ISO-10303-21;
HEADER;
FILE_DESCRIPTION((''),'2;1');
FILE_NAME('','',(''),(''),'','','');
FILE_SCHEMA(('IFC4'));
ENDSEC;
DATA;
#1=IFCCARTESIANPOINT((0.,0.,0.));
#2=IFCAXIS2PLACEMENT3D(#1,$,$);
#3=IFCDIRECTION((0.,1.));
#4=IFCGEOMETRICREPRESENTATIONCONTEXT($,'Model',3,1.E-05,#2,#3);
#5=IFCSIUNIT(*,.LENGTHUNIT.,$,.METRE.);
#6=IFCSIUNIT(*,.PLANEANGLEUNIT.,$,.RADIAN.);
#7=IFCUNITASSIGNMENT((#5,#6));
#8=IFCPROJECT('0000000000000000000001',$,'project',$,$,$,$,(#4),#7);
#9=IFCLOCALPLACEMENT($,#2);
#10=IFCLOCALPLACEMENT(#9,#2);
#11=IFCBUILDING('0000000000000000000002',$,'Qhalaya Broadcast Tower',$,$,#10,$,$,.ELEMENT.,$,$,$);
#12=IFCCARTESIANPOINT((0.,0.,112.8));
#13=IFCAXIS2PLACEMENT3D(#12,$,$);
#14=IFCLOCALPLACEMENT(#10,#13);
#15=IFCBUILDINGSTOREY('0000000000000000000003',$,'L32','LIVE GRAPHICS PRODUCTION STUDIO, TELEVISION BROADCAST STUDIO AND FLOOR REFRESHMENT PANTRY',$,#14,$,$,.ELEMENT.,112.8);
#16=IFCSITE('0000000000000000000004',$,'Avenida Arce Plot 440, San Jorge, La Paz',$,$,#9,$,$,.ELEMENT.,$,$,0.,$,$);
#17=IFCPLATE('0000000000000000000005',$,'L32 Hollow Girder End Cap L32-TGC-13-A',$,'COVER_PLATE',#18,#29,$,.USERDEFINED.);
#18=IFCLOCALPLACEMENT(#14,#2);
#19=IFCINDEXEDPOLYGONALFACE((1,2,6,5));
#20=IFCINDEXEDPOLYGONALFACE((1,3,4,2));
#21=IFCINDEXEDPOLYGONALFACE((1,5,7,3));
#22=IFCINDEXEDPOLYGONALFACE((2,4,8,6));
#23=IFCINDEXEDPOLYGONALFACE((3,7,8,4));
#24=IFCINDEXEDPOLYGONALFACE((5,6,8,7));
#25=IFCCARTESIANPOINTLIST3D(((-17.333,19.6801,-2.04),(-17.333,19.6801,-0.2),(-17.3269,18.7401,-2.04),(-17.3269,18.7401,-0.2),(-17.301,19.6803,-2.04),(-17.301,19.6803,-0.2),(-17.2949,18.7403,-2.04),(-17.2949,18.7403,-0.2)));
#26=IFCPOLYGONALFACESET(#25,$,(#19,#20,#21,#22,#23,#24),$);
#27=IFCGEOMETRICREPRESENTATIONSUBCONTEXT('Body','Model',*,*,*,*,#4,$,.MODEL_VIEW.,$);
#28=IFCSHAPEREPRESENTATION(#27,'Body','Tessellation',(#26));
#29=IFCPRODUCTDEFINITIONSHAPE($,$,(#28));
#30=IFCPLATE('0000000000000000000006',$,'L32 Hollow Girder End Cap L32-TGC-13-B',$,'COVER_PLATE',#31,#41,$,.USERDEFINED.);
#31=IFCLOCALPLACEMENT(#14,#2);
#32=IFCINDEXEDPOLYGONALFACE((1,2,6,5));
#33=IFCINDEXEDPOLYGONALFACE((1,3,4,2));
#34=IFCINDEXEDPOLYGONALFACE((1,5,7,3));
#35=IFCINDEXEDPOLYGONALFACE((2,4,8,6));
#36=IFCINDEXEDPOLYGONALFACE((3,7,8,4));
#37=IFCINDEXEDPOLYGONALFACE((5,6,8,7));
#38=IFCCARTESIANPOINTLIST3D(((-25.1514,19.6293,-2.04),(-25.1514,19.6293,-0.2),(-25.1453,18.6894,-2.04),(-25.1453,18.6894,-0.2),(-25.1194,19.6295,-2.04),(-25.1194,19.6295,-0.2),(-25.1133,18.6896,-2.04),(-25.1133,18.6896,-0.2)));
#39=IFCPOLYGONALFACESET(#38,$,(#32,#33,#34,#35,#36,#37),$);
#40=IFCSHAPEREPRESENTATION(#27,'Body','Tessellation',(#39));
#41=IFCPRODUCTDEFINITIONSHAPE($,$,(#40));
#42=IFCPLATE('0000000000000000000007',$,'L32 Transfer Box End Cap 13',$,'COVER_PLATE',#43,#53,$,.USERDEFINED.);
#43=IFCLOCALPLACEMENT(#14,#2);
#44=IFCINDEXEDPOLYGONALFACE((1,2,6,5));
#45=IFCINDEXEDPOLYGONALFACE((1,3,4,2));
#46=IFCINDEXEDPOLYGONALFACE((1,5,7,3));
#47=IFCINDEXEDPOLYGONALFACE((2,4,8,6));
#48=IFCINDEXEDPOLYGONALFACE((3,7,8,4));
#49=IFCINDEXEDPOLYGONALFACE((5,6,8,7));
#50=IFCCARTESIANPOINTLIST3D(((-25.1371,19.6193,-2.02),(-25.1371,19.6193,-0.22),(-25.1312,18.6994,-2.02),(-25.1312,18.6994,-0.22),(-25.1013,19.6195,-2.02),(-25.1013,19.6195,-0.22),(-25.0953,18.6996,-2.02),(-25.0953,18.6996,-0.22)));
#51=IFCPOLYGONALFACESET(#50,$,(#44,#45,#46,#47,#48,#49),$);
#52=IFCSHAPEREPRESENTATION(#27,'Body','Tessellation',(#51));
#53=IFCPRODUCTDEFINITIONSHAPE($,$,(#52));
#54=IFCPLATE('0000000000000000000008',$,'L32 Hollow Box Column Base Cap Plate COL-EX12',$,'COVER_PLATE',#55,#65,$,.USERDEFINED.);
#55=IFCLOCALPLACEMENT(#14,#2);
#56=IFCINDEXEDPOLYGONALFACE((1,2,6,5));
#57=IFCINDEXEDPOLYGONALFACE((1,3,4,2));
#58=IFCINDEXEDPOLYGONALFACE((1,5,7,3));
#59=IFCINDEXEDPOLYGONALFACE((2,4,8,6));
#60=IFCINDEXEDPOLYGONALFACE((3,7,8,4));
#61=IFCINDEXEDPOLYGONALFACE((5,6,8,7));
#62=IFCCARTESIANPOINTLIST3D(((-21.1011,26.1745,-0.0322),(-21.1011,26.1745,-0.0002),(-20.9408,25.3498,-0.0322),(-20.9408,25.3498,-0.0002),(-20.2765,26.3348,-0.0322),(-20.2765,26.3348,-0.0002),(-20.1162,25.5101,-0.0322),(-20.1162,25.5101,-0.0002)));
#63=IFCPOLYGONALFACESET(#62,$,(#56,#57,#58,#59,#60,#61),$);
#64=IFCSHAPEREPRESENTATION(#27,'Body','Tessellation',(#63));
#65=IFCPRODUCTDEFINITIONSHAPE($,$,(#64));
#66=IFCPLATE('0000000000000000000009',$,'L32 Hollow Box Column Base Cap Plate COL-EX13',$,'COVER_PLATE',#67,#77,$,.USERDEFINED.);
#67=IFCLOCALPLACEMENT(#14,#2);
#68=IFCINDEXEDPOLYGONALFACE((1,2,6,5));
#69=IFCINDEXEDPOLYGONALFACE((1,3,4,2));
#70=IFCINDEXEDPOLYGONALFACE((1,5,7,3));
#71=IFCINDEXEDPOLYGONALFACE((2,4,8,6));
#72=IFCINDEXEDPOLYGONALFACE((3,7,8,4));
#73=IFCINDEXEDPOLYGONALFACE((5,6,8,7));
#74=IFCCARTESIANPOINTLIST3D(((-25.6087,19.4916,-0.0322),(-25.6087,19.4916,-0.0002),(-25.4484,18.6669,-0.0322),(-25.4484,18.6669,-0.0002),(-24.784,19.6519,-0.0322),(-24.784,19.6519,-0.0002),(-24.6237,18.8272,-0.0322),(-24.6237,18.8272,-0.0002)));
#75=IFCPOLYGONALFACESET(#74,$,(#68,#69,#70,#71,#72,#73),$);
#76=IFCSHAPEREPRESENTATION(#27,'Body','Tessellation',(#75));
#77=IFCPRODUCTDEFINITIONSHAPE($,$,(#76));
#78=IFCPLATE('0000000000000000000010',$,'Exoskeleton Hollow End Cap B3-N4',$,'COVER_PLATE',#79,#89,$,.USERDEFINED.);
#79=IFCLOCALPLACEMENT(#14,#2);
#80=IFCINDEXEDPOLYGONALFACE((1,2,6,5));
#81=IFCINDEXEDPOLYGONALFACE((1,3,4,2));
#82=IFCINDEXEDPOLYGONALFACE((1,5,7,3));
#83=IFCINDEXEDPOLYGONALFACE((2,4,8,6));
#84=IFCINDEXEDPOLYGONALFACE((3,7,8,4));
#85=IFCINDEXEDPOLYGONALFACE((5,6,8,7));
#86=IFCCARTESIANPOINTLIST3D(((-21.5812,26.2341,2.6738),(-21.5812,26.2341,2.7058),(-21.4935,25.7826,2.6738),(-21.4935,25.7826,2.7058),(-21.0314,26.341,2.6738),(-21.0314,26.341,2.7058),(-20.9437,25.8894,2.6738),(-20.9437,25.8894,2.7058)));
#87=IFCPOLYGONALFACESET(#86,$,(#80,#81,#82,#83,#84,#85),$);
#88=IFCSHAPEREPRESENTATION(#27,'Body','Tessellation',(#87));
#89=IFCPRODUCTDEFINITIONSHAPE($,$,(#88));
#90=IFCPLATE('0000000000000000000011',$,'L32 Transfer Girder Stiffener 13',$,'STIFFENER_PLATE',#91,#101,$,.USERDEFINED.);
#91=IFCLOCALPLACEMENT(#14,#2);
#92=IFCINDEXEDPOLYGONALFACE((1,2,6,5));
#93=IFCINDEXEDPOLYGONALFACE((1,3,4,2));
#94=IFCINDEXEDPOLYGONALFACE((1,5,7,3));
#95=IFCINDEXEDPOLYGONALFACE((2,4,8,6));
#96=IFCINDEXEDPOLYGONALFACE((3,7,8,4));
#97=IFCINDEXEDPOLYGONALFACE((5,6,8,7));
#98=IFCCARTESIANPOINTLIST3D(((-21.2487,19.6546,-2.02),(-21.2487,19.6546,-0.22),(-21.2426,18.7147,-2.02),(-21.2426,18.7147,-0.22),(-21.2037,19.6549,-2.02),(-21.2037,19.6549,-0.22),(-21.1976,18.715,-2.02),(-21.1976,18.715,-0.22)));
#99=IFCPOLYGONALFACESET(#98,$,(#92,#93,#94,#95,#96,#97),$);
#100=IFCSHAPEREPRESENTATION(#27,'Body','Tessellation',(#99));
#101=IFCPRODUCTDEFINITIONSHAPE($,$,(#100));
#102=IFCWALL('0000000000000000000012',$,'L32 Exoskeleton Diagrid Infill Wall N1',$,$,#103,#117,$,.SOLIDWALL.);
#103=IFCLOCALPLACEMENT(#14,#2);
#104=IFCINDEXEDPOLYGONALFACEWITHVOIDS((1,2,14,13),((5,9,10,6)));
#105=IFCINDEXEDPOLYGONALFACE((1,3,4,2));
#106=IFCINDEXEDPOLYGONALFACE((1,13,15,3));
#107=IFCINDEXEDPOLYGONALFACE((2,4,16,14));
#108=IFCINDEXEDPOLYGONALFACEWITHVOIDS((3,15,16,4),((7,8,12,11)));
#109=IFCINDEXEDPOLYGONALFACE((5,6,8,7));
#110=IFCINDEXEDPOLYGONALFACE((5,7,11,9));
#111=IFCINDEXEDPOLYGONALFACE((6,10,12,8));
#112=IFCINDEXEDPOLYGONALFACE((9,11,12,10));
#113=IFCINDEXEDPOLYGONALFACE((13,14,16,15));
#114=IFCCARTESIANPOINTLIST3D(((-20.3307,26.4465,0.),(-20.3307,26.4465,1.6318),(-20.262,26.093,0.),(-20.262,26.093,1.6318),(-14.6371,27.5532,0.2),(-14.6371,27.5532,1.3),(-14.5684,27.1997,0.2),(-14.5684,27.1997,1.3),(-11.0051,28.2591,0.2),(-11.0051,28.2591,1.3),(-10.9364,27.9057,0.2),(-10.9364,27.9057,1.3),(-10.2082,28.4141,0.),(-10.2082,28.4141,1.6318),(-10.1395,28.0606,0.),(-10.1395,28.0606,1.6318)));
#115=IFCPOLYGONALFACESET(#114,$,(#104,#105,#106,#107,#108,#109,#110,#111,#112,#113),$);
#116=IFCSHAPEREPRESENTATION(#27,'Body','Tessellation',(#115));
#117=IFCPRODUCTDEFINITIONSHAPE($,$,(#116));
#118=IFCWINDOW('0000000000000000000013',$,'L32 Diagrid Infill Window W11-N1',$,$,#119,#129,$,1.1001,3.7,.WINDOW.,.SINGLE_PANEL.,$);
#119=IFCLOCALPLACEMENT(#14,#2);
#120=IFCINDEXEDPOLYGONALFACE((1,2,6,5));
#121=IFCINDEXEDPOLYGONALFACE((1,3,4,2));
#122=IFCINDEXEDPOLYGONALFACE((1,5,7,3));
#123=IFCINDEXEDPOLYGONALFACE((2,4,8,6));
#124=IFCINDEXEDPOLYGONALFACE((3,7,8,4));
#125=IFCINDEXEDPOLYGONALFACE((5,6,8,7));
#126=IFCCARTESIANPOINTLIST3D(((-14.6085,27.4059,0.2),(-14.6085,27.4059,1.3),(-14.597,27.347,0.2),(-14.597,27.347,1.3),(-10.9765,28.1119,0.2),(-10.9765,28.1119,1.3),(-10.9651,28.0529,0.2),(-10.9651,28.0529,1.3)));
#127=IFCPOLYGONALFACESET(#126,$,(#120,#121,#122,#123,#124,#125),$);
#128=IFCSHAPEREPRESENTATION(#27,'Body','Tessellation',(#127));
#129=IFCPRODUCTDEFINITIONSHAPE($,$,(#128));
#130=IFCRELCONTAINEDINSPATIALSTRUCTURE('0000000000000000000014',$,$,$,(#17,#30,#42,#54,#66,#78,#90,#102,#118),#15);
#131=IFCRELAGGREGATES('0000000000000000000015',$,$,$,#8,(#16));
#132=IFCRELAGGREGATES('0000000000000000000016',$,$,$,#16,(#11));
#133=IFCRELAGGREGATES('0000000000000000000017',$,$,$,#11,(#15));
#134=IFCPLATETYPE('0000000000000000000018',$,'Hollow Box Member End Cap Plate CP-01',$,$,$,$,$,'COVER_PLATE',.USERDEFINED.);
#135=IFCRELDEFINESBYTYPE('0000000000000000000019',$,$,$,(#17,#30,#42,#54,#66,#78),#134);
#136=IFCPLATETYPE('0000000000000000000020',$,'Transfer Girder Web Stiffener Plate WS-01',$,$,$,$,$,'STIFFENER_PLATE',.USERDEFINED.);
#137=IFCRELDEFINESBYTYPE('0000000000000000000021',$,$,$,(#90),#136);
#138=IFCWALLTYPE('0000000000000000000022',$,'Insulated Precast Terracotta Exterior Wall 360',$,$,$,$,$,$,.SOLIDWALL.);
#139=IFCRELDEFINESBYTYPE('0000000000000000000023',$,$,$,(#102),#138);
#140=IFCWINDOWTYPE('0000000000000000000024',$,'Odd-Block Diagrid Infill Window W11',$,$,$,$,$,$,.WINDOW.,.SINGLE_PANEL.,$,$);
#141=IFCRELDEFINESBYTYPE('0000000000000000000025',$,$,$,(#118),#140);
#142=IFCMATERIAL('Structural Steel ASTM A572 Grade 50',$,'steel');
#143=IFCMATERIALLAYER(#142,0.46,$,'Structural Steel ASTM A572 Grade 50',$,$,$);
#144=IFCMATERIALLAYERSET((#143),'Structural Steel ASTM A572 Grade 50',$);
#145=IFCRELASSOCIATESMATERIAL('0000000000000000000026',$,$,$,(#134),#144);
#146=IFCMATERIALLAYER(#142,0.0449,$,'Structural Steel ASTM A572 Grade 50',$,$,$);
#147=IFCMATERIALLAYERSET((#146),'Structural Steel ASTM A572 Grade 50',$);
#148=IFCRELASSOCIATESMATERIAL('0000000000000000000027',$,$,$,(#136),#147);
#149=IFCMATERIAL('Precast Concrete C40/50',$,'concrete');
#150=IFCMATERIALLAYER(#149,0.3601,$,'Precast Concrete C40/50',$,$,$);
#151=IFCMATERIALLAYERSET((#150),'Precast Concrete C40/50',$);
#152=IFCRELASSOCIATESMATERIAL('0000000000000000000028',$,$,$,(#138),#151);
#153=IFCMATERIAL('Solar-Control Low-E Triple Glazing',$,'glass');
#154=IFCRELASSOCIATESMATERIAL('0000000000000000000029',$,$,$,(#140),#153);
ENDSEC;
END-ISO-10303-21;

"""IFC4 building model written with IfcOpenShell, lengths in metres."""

from ifc_helpers import new_model, si_unit, direction, frame, frame_2d, origin, origin_2d, place, context, subcontext, project, spatial, rectangle, extrude, material, layer, layer_set, type_object, element, fill, save


model = new_model("IFC4")

# Units and contexts
model_context = context("Model", 3, precision=1e-05, world=origin(), true_north=direction((0.0, 1.0)))
body_context = subcontext(model_context, "Body", "Model", "MODEL_VIEW")
ifc_project = project(units=[si_unit("LENGTHUNIT", "METRE"), si_unit("PLANEANGLEUNIT", "RADIAN")], contexts=[model_context])

# Site, building, storey
site_placement = place(None, origin())
site = spatial("IfcSite", under=ifc_project, at=site_placement, Name="Avenida Arce Plot 440, San Jorge, La Paz", CompositionType="ELEMENT", RefElevation=0.0)
building_placement = place(site_placement, origin())
building = spatial("IfcBuilding", under=site, at=building_placement, Name="Qhalaya Broadcast Tower", CompositionType="ELEMENT")
storey_placement = place(building_placement, frame((0.0, 0.0, 112.8)))
storey = spatial("IfcBuildingStorey", under=building, at=storey_placement, Name="L32", Description="LIVE GRAPHICS PRODUCTION STUDIO, TELEVISION BROADCAST STUDIO AND FLOOR REFRESHMENT PANTRY", CompositionType="ELEMENT", Elevation=112.8)

# Shared definitions
ifc_material_1 = material(Name="Structural Steel ASTM A572 Grade 50", Category="steel")

# Plates
ifc_layer_1 = layer(ifc_material_1, 0.46, Name="Structural Steel ASTM A572 Grade 50")
ifc_layer_set_1 = layer_set([ifc_layer_1], Name="Structural Steel ASTM A572 Grade 50")
plate_type_1 = type_object("IfcPlateType", Name="Hollow Box Member End Cap Plate CP-01", ElementType="COVER_PLATE", PredefinedType="USERDEFINED", material=ifc_layer_set_1)
for number, where, z_axis, x_axis, name in (
    (1, (-17.314, 19.2102, -2.04), (0.0, 0.0, 1.0), (0.006493, -0.999979, 0.0), "L32 Hollow Girder End Cap L32-TGC-13-A"),
    (2, (-25.1323, 19.1594, -2.04), (0.0, 0.0, 1.0), (0.006493, -0.999979, 0.0), "L32 Hollow Girder End Cap L32-TGC-13-B"),
):
    element("IfcPlate", number, at=place(storey_placement, frame(where, z_axis=z_axis, x_axis=x_axis)), inside=storey, type_object=plate_type_1, Name=name, ObjectType="COVER_PLATE", PredefinedType="USERDEFINED", context=body_context, shape_type="SweptSolid", body=[
        extrude(rectangle(XDim=0.9399, YDim=0.032, at=origin_2d()), origin(), (0.0, 0.0, 1.0), 1.8401),
    ])
plate_1_placement = place(storey_placement, frame((-25.1162, 19.1594, -2.02), z_axis=(0.0, 0.0, 1.0), x_axis=(0.006493, -0.999979, 0.0)))
element("IfcPlate", 3, at=plate_1_placement, inside=storey, type_object=plate_type_1, Name="L32 Transfer Box End Cap 13", ObjectType="COVER_PLATE", PredefinedType="USERDEFINED", context=body_context, shape_type="SweptSolid", body=[
    extrude(rectangle(XDim=0.9199, YDim=0.0359, at=origin_2d()), origin(), (0.0, 0.0, 1.0), 1.8),
])
for number, where, z_axis, x_axis, name in (
    (4, (-20.6086, 25.8423, -0.0322), (0.0, 0.0, 1.0), (0.981627, 0.190809, 0.0), "L32 Hollow Box Column Base Cap Plate COL-EX12"),
    (5, (-25.1162, 19.1594, -0.0322), (0.0, 0.0, 1.0), (-0.190809, 0.981627, 0.0), "L32 Hollow Box Column Base Cap Plate COL-EX13"),
):
    element("IfcPlate", number, at=place(storey_placement, frame(where, z_axis=z_axis, x_axis=x_axis)), inside=storey, type_object=plate_type_1, Name=name, ObjectType="COVER_PLATE", PredefinedType="USERDEFINED", context=body_context, shape_type="SweptSolid", body=[
        extrude(rectangle(XDim=0.8401, YDim=0.8401, at=origin_2d()), origin(), (0.0, 0.0, 1.0), 0.032),
    ])
plate_2_placement = place(storey_placement, frame((-21.2625, 26.0618, 2.6738), z_axis=(0.0, 0.0, 1.0), x_axis=(0.981627, 0.190809, 0.0)))
element("IfcPlate", 6, at=plate_2_placement, inside=storey, type_object=plate_type_1, Name="Exoskeleton Hollow End Cap B3-N4", ObjectType="COVER_PLATE", PredefinedType="USERDEFINED", context=body_context, shape_type="SweptSolid", body=[
    extrude(rectangle(XDim=0.5601, YDim=0.46, at=origin_2d()), origin(), (0.0, 0.0, 1.0), 0.032),
])
ifc_layer_2 = layer(ifc_material_1, 0.0449, Name="Structural Steel ASTM A572 Grade 50")
ifc_layer_set_2 = layer_set([ifc_layer_2], Name="Structural Steel ASTM A572 Grade 50")
plate_type_2 = type_object("IfcPlateType", Name="Transfer Girder Web Stiffener Plate WS-01", ElementType="STIFFENER_PLATE", PredefinedType="USERDEFINED", material=ifc_layer_set_2)
plate_3_placement = place(storey_placement, frame((-21.2231, 19.1848, -2.02), z_axis=(0.0, 0.0, 1.0), x_axis=(0.006493, -0.999979, 0.0)))
element("IfcPlate", 7, at=plate_3_placement, inside=storey, type_object=plate_type_2, Name="L32 Transfer Girder Stiffener 13", ObjectType="STIFFENER_PLATE", PredefinedType="USERDEFINED", context=body_context, shape_type="SweptSolid", body=[
    extrude(rectangle(XDim=0.9399, YDim=0.0449, at=origin_2d()), origin(), (0.0, 0.0, 1.0), 1.8),
])

# Wall, opening, window
ifc_material_2 = material(Name="Precast Concrete C40/50", Category="concrete")
ifc_layer_3 = layer(ifc_material_2, 0.3601, Name="Precast Concrete C40/50")
ifc_layer_set_3 = layer_set([ifc_layer_3], Name="Precast Concrete C40/50")
wall_type = type_object("IfcWallType", Name="Insulated Precast Terracotta Exterior Wall 360", PredefinedType="SOLIDWALL", material=ifc_layer_set_3)
wall_placement = place(storey_placement, frame((-20.2964, 26.2698, 0.0), z_axis=(0.0, 0.0, 1.0), x_axis=(0.981629, 0.1908, 0.0)))
wall = element("IfcWall", 8, at=wall_placement, inside=storey, type_object=wall_type, Name="L32 Exoskeleton Diagrid Infill Wall N1", PredefinedType="SOLIDWALL", context=body_context, shape_type="SweptSolid", body=[
    extrude(rectangle(XDim=10.312, YDim=0.3601, at=frame_2d((5.156, 0.0))), origin(), (0.0, 0.0, 1.0), 1.6318),
])
opening_placement = place(wall_placement, frame((5.8, 0.0, 0.2)))
opening = element("IfcOpeningElement", 9, at=opening_placement, cuts=wall, PredefinedType="OPENING", context=body_context, shape_type="SweptSolid", body=[
    extrude(rectangle(XDim=3.7, YDim=1.1001, at=frame_2d((1.8501, 0.55))), frame((0.0, 0.1921, 0.0), z_axis=(0.0, -1.0, 0.0), x_axis=(1.0, 0.0, 0.0)), (0.0, 0.0, 1.0), 0.384),
])
ifc_material_3 = material(Name="Solar-Control Low-E Triple Glazing", Category="glass")
window_type = type_object("IfcWindowType", Name="Odd-Block Diagrid Infill Window W11", PartitioningType="SINGLE_PANEL", PredefinedType="WINDOW", material=ifc_material_3)
window_placement = place(opening_placement, origin())
window = element("IfcWindow", 10, at=window_placement, inside=storey, type_object=window_type, Name="L32 Diagrid Infill Window W11-N1", OverallHeight=1.1001, OverallWidth=3.7, PartitioningType="SINGLE_PANEL", PredefinedType="WINDOW", context=body_context, shape_type="SweptSolid", body=[
    extrude(rectangle(XDim=3.7, YDim=1.1001, at=frame_2d((1.8501, 0.55))), frame((0.0, 0.03, 0.0), z_axis=(0.0, -1.0, 0.0), x_axis=(1.0, 0.0, 0.0)), (0.0, 0.0, 1.0), 0.0601),
])
fill(opening, window)

save(model, "model.ifc")
